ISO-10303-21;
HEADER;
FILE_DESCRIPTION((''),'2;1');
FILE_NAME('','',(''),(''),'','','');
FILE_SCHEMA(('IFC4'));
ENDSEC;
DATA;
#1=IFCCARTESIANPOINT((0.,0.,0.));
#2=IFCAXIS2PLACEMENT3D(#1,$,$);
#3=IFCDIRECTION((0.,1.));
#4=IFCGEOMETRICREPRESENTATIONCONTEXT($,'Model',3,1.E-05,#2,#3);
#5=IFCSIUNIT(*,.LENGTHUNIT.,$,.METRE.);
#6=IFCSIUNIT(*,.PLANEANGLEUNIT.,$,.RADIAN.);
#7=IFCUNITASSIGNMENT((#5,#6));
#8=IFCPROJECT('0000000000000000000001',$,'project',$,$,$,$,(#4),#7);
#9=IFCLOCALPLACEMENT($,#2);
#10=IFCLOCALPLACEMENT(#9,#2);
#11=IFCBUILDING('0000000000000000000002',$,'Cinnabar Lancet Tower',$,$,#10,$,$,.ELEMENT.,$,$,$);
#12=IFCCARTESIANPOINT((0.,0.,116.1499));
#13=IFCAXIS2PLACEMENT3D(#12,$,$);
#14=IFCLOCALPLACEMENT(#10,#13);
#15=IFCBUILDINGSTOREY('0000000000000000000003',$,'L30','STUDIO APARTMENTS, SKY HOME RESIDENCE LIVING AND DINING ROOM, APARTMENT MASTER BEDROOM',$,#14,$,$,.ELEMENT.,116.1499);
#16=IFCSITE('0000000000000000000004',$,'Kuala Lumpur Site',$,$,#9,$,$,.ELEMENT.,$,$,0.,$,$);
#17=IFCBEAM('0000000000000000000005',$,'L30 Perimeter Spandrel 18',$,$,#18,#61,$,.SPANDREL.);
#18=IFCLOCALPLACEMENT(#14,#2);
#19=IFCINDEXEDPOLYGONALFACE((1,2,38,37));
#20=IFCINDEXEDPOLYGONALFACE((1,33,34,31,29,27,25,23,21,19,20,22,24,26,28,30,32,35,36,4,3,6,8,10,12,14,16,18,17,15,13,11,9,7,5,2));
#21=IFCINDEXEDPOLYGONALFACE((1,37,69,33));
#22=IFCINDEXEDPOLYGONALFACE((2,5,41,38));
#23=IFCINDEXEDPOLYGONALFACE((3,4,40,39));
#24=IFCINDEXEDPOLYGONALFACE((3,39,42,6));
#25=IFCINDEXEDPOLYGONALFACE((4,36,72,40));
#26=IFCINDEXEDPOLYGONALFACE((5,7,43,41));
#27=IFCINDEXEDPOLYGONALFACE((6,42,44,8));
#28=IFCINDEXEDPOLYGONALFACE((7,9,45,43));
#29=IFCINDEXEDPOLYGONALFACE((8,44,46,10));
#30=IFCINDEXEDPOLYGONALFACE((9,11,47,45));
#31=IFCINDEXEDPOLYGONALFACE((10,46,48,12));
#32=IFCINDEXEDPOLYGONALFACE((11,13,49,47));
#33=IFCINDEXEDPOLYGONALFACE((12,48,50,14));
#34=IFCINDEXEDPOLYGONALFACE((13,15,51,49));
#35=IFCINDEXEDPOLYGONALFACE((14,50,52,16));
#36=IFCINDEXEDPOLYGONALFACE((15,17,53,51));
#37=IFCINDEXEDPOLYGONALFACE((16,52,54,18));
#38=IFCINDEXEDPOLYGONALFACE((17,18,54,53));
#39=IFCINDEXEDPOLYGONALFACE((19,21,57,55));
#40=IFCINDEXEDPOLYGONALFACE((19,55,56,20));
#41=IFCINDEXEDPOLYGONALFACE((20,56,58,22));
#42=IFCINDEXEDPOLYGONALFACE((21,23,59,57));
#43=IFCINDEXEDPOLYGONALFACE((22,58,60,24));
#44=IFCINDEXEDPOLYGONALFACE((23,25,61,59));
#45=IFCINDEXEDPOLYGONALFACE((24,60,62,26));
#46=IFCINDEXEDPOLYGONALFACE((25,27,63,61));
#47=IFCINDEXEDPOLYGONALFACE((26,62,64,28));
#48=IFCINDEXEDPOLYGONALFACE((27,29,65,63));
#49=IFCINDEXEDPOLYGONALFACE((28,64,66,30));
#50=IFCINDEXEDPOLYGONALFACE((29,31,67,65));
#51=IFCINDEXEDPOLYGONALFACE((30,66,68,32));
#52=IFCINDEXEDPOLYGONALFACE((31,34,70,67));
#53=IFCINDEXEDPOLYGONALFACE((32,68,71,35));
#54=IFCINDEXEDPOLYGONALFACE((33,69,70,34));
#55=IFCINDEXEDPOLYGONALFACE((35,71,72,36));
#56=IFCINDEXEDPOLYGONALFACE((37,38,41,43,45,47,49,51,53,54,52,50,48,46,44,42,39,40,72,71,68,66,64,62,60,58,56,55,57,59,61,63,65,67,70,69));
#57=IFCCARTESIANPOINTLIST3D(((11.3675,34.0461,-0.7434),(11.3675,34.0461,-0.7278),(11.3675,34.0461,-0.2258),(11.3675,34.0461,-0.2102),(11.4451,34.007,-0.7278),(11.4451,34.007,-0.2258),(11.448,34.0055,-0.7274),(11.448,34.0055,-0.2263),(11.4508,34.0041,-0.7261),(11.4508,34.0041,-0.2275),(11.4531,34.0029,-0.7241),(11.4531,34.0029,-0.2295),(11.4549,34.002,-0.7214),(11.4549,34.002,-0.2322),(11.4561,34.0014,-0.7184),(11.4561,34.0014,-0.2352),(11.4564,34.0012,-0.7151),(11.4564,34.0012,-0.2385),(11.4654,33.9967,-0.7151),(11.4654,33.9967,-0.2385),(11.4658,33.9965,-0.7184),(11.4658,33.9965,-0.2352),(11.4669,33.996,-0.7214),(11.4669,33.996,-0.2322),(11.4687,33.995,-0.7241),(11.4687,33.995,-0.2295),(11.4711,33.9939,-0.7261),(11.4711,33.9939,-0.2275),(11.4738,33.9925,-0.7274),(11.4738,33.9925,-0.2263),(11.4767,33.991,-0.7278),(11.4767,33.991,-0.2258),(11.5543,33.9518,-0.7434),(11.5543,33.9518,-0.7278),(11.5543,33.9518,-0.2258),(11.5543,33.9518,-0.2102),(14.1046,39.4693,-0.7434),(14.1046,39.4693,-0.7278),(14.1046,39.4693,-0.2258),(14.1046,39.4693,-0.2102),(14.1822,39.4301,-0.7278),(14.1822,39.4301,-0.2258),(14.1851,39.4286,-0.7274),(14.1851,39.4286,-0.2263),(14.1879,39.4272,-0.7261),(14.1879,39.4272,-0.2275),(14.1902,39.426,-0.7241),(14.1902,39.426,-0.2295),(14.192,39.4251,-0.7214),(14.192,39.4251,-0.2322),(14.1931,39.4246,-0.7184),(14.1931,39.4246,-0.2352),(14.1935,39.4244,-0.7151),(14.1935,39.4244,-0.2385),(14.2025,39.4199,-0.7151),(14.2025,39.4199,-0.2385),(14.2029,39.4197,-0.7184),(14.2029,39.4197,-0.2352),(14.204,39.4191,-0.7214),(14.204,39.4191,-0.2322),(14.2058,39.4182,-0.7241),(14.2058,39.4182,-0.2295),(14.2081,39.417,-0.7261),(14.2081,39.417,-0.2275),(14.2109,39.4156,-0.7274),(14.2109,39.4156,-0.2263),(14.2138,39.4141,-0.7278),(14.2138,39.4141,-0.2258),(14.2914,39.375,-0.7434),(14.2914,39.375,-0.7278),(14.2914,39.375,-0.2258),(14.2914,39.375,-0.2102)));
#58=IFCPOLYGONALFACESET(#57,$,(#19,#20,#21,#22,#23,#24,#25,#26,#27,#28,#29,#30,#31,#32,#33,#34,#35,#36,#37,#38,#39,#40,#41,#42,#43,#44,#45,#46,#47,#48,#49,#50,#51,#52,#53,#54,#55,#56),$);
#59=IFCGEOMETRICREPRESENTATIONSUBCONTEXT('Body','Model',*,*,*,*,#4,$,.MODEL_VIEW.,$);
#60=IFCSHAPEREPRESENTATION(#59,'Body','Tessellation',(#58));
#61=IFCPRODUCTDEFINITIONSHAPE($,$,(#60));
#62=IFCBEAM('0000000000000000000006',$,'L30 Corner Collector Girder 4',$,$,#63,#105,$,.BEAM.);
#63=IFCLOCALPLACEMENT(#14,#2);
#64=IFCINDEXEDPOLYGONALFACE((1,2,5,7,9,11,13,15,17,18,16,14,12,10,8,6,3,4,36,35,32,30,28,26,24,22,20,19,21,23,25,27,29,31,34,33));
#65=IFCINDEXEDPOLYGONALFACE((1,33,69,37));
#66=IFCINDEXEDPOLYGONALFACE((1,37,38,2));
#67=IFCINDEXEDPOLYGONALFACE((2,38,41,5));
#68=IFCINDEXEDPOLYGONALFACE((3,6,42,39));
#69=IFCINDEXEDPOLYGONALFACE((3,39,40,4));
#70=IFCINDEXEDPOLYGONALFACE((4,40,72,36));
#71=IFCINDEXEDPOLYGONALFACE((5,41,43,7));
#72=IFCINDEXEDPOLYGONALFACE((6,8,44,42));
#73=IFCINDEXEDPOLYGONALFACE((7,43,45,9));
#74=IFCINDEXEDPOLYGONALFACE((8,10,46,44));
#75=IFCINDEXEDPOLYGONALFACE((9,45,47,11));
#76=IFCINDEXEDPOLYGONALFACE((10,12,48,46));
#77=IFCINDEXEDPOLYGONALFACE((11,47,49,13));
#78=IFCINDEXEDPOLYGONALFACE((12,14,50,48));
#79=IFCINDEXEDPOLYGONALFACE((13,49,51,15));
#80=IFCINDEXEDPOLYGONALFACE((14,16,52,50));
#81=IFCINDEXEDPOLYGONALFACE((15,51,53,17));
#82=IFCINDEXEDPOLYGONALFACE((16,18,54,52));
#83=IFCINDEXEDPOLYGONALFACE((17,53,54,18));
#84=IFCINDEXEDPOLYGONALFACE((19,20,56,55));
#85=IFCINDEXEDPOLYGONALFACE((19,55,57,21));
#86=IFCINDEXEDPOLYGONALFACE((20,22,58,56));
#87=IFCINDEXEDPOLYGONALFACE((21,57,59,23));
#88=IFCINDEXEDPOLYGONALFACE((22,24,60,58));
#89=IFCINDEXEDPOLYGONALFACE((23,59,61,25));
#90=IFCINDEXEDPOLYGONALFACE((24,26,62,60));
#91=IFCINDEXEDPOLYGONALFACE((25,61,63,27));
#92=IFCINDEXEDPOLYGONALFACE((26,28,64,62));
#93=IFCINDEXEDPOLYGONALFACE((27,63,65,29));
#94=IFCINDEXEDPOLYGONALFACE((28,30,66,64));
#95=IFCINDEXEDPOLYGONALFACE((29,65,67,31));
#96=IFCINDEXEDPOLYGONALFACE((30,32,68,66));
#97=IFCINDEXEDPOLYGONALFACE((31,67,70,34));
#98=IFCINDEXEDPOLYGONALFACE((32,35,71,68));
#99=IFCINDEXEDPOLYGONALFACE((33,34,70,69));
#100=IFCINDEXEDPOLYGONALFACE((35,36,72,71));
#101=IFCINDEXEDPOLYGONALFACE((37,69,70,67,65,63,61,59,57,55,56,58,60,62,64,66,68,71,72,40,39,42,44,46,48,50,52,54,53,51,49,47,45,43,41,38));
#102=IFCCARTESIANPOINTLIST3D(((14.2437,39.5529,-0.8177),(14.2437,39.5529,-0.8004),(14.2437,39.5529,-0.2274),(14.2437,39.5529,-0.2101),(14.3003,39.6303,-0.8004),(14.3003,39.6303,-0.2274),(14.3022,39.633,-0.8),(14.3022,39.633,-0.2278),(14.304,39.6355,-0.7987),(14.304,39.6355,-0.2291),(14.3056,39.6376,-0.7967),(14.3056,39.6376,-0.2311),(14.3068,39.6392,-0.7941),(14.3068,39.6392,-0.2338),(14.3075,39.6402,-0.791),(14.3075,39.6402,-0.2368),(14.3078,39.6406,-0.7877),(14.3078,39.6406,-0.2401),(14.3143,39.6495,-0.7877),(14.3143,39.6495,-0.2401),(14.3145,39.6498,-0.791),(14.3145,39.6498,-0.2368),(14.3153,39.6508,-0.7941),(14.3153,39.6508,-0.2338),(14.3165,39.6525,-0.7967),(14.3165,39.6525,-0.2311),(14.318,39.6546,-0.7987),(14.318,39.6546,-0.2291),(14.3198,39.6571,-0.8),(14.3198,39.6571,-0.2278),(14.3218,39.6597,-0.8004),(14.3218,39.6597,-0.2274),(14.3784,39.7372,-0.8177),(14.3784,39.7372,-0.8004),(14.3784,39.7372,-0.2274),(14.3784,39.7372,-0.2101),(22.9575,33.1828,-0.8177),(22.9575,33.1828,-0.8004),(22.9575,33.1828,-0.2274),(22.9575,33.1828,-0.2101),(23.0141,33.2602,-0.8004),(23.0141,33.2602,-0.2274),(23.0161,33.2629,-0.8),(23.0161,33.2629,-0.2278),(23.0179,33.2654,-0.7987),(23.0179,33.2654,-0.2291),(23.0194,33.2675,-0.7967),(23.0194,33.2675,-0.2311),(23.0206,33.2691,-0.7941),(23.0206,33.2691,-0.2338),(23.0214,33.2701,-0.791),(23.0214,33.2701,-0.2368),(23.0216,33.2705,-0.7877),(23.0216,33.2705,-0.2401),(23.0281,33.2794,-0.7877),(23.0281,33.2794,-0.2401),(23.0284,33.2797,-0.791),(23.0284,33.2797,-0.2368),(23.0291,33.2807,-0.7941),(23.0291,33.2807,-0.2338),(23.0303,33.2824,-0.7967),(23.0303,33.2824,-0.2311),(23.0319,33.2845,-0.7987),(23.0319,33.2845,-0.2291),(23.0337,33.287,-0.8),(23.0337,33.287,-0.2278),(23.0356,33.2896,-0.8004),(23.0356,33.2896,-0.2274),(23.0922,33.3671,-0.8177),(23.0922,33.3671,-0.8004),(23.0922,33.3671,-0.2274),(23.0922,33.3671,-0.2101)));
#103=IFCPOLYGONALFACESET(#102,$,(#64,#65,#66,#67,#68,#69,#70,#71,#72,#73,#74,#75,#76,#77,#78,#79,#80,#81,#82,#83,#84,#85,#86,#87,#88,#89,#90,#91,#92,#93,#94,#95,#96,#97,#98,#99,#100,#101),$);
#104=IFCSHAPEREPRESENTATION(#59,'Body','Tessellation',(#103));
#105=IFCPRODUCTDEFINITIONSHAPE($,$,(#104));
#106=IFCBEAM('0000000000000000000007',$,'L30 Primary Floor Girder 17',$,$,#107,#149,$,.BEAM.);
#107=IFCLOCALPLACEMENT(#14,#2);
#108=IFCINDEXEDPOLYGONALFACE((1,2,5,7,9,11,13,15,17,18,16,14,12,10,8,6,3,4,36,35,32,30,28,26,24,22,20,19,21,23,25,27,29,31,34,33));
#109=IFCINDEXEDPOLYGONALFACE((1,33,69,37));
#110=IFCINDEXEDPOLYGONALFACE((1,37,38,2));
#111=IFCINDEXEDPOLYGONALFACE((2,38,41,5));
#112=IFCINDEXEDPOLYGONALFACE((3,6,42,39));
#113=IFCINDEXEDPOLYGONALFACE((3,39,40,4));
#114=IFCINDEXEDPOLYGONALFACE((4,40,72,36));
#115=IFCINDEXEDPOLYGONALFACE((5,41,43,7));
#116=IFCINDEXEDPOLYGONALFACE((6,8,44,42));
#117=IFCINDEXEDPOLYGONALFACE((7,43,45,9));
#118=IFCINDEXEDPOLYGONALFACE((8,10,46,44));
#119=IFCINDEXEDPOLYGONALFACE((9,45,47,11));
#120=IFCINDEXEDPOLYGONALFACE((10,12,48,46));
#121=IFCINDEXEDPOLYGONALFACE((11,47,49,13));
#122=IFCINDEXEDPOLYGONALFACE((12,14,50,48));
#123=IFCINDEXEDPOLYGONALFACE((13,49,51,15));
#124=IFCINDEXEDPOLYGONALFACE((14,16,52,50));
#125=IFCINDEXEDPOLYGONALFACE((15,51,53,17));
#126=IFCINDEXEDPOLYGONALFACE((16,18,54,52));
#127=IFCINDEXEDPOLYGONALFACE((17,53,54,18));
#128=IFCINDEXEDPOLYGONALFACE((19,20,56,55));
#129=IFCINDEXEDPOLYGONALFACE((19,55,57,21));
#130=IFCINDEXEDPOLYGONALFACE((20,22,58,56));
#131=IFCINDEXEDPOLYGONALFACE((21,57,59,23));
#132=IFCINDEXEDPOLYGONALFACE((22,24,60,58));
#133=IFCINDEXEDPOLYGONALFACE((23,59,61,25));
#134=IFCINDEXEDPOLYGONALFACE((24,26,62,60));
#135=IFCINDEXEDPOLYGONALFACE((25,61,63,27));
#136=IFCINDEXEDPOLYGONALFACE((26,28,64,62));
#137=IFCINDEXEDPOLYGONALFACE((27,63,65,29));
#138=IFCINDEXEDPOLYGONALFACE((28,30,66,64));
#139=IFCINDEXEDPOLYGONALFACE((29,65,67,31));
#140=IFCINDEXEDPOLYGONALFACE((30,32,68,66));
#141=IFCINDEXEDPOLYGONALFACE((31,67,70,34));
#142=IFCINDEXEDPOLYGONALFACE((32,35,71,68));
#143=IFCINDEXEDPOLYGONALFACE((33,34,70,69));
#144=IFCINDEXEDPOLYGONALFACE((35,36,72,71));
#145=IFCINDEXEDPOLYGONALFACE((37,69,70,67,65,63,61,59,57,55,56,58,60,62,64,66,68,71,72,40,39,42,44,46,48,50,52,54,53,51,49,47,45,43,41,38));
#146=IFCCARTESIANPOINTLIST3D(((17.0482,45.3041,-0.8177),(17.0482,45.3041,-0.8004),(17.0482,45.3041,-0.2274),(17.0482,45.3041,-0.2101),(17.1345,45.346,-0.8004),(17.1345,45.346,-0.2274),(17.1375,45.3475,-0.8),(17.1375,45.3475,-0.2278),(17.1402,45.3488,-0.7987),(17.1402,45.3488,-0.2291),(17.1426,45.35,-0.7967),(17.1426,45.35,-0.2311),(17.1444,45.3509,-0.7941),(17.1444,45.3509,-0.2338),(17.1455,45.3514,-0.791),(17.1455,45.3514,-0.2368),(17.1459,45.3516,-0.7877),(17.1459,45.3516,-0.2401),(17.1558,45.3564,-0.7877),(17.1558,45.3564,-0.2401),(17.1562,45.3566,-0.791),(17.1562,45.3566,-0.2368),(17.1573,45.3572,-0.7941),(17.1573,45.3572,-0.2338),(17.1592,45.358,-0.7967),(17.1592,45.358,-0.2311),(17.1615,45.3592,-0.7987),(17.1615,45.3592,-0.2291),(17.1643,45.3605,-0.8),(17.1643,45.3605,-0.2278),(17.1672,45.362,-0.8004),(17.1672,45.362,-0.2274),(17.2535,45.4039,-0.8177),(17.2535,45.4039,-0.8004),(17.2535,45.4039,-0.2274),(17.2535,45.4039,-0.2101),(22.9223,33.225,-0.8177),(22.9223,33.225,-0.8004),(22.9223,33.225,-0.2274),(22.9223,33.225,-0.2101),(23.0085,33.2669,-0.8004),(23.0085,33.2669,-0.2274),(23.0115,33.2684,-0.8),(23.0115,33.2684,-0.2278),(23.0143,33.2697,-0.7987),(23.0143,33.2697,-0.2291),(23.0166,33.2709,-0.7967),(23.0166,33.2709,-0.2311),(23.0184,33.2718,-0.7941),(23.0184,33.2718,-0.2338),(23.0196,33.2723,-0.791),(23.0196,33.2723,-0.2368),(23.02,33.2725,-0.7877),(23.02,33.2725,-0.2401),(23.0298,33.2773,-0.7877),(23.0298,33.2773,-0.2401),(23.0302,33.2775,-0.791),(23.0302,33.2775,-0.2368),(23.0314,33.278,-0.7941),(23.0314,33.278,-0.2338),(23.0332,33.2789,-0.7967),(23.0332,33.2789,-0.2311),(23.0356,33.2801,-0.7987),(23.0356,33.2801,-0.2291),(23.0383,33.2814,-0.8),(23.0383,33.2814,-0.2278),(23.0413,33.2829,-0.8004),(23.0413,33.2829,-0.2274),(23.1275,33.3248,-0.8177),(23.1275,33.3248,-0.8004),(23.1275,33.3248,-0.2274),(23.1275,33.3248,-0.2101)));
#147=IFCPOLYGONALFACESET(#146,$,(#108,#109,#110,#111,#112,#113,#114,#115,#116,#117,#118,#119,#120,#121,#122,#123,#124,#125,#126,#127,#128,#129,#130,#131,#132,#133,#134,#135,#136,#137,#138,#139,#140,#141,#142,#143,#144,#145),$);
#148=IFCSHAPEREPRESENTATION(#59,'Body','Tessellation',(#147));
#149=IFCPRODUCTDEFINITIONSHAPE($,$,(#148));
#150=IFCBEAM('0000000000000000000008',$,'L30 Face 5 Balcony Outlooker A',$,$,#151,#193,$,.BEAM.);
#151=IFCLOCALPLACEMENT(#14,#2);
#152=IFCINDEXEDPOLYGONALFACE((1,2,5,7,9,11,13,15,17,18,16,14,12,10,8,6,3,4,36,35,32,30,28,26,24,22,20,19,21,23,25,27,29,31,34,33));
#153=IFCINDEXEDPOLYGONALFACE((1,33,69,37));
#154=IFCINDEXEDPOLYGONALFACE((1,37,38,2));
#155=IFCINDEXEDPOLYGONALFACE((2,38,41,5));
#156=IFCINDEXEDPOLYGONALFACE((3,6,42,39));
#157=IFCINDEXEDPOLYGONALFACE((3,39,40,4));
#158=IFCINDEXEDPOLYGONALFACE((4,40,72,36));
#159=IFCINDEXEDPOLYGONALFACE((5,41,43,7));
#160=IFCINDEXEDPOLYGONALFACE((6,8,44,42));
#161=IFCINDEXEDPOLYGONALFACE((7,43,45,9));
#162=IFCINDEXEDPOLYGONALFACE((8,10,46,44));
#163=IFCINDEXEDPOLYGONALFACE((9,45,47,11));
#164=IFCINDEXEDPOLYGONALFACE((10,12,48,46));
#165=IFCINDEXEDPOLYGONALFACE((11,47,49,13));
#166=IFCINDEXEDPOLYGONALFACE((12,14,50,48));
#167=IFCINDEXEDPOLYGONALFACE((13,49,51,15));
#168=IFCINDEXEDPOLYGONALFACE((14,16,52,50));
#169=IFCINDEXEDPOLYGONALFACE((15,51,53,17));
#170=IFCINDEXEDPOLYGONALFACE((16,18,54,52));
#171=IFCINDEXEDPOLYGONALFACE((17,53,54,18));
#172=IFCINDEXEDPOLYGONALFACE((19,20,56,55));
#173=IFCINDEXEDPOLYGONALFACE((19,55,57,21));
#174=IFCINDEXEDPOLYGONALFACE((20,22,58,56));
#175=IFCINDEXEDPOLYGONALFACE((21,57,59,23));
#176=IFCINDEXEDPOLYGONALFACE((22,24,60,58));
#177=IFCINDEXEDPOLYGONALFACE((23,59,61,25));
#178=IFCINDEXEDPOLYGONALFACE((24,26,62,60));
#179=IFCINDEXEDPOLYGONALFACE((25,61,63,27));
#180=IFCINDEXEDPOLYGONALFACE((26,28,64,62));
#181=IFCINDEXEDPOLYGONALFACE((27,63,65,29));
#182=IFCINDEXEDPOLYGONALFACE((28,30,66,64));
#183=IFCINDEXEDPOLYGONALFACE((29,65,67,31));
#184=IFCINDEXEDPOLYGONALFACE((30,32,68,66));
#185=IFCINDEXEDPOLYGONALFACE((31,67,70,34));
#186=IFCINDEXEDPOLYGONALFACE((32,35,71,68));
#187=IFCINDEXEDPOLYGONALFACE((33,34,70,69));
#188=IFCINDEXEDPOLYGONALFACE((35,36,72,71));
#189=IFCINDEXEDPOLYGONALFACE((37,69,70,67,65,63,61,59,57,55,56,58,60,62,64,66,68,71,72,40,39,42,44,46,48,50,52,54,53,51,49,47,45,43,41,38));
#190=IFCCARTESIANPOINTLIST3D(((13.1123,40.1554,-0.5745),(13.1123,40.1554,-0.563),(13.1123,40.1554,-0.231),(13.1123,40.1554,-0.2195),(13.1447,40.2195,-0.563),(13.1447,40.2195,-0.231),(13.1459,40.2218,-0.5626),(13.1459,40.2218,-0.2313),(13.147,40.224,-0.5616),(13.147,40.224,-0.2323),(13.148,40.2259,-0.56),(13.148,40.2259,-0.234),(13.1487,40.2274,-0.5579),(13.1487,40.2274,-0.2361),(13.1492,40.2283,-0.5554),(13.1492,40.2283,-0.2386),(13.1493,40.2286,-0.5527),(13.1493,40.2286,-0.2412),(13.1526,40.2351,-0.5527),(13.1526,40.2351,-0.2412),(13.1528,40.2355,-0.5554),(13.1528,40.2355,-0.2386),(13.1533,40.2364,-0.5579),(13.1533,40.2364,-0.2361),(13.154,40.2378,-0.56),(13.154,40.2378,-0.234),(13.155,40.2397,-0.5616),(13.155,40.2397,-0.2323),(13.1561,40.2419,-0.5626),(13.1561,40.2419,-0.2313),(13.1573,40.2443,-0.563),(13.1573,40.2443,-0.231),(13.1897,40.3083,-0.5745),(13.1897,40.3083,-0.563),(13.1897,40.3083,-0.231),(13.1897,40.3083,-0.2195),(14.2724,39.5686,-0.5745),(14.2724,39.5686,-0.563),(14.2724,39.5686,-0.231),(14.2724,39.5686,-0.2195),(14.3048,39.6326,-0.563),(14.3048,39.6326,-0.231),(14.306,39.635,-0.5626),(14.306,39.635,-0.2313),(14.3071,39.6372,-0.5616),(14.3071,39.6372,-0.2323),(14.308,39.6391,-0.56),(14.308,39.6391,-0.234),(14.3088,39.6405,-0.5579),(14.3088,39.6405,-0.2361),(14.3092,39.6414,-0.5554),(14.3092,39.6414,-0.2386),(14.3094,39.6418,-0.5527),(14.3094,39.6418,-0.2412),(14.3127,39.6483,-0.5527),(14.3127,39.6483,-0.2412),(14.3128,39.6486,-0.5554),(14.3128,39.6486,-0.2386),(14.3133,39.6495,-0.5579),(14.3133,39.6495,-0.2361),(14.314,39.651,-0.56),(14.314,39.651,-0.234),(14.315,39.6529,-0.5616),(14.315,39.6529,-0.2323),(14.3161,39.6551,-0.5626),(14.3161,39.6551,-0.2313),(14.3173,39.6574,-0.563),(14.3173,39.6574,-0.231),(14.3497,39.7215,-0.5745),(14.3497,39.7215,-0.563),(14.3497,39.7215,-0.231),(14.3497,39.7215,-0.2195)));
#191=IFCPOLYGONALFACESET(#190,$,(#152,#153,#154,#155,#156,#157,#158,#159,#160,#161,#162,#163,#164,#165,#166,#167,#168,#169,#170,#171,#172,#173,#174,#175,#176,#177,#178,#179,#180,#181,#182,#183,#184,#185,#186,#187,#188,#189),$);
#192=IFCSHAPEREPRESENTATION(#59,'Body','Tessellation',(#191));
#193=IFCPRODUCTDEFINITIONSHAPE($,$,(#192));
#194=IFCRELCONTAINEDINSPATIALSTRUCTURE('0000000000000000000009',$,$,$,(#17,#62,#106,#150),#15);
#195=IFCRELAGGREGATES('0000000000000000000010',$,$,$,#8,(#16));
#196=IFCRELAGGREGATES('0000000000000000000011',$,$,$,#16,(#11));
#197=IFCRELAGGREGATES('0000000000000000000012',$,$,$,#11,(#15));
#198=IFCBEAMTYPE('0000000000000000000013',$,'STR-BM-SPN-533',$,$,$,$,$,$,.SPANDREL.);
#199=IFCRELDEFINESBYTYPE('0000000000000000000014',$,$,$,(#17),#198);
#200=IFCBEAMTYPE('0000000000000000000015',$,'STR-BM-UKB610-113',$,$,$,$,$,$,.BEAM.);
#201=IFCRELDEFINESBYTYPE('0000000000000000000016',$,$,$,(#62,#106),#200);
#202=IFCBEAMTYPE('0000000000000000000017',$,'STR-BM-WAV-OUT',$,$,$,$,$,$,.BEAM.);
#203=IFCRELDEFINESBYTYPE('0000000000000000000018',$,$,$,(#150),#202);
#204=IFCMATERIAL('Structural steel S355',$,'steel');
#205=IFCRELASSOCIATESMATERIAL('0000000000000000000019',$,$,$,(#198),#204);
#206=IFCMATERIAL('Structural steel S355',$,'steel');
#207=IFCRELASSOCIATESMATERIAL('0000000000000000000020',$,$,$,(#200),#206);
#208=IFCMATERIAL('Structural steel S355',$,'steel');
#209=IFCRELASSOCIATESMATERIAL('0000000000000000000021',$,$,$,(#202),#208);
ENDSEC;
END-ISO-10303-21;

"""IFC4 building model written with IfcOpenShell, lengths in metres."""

from ifc_helpers import new_model, si_unit, direction, frame, origin, origin_2d, place, context, subcontext, project, spatial, i_section, extrude, material, material_profile, profile_set, type_object, element, save


model = new_model("IFC4")

# Units and contexts
model_context = context("Model", 3, precision=1e-05, world=origin(), true_north=direction((0.0, 1.0)))
body_context = subcontext(model_context, "Body", "Model", "MODEL_VIEW")
ifc_project = project(units=[si_unit("LENGTHUNIT", "METRE"), si_unit("PLANEANGLEUNIT", "RADIAN")], contexts=[model_context])

# Site, building, storey
site_placement = place(None, origin())
site = spatial("IfcSite", under=ifc_project, at=site_placement, Name="Kuala Lumpur Site", CompositionType="ELEMENT", RefElevation=0.0)
building_placement = place(site_placement, origin())
building = spatial("IfcBuilding", under=site, at=building_placement, Name="Cinnabar Lancet Tower", CompositionType="ELEMENT")
storey_placement = place(building_placement, frame((0.0, 0.0, 116.1499)))
storey = spatial("IfcBuildingStorey", under=building, at=storey_placement, Name="L30", Description="STUDIO APARTMENTS, SKY HOME RESIDENCE LIVING AND DINING ROOM, APARTMENT MASTER BEDROOM", CompositionType="ELEMENT", Elevation=116.1499)

# Beams
ifc_material_1 = material(Name="Structural steel S355", Category="steel")
ifc_material_profile_1 = material_profile(ifc_material_1, i_section(OverallWidth=0.2092, OverallDepth=0.5332, WebThickness=0.01, FlangeThickness=0.0156, FilletRadius=0.0127, at=origin_2d()), Name="UKB 533x210x92")
ifc_profile_set_1 = profile_set([ifc_material_profile_1], Name="Structural steel S355")
beam_type_1 = type_object("IfcBeamType", Name="STR-BM-SPN-533", PredefinedType="SPANDREL", material=ifc_profile_set_1)
beam_1_placement = place(storey_placement, frame((14.198, 39.4221, -0.4768), z_axis=(-0.45057, -0.892741, 0.0), x_axis=(0.892741, -0.45057, 0.0)))
element("IfcBeam", 1, at=beam_1_placement, inside=storey, type_object=beam_type_1, Name="L30 Perimeter Spandrel 18", PredefinedType="SPANDREL", context=body_context, shape_type="SweptSolid", body=[
    extrude(i_section(OverallWidth=0.2092, OverallDepth=0.5332, WebThickness=0.01, FlangeThickness=0.0156, FilletRadius=0.0127, at=origin_2d()), origin(), (0.0, 0.0, 1.0), 6.0747),
])
ifc_material_2 = material(Name="Structural steel S355", Category="steel")
ifc_material_profile_2 = material_profile(ifc_material_2, i_section(OverallWidth=0.2283, OverallDepth=0.6077, WebThickness=0.011, FlangeThickness=0.0173, FilletRadius=0.0127, at=origin_2d()), Name="UKB 610x229x113")
ifc_profile_set_2 = profile_set([ifc_material_profile_2], Name="Structural steel S355")
beam_type_2 = type_object("IfcBeamType", Name="STR-BM-UKB610-113", PredefinedType="BEAM", material=ifc_profile_set_2)
beam_2_placement = place(storey_placement, frame((14.311, 39.645, -0.5139), z_axis=(0.80729, -0.590155, 0.0), x_axis=(0.590155, 0.80729, 0.0)))
element("IfcBeam", 2, at=beam_2_placement, inside=storey, type_object=beam_type_2, Name="L30 Corner Collector Girder 4", PredefinedType="BEAM", context=body_context, shape_type="SweptSolid", body=[
    extrude(i_section(OverallWidth=0.2283, OverallDepth=0.6077, WebThickness=0.011, FlangeThickness=0.0173, FilletRadius=0.0127, at=origin_2d()), origin(), (0.0, 0.0, 1.0), 10.7939),
])
beam_3_placement = place(storey_placement, frame((17.1509, 45.354, -0.5139), z_axis=(0.437327, -0.899302, 0.0), x_axis=(0.899302, 0.437327, 0.0)))
element("IfcBeam", 3, at=beam_3_placement, inside=storey, type_object=beam_type_2, Name="L30 Primary Floor Girder 17", PredefinedType="BEAM", context=body_context, shape_type="SweptSolid", body=[
    extrude(i_section(OverallWidth=0.2283, OverallDepth=0.6077, WebThickness=0.011, FlangeThickness=0.0173, FilletRadius=0.0127, at=origin_2d()), origin(), (0.0, 0.0, 1.0), 13.4316),
])
ifc_material_3 = material(Name="Structural steel S355", Category="steel")
ifc_material_profile_3 = material_profile(ifc_material_3, i_section(OverallWidth=0.1714, OverallDepth=0.355, WebThickness=0.0073, FlangeThickness=0.0115, FilletRadius=0.0103, at=origin_2d()), Name="UKB 356x171x51")
ifc_profile_set_3 = profile_set([ifc_material_profile_3], Name="Structural steel S355")
beam_type_3 = type_object("IfcBeamType", Name="STR-BM-WAV-OUT", PredefinedType="BEAM", material=ifc_profile_set_3)
beam_4_placement = place(storey_placement, frame((14.311, 39.645, -0.397), z_axis=(-0.892314, 0.451415, 0.0), x_axis=(-0.451415, -0.892314, 0.0)))
element("IfcBeam", 4, at=beam_4_placement, inside=storey, type_object=beam_type_3, Name="L30 Face 5 Balcony Outlooker A", PredefinedType="BEAM", context=body_context, shape_type="SweptSolid", body=[
    extrude(i_section(OverallWidth=0.1714, OverallDepth=0.355, WebThickness=0.0073, FlangeThickness=0.0115, FilletRadius=0.0103, at=origin_2d()), origin(), (0.0, 0.0, 1.0), 1.3),
])

save(model, "model.ifc")
